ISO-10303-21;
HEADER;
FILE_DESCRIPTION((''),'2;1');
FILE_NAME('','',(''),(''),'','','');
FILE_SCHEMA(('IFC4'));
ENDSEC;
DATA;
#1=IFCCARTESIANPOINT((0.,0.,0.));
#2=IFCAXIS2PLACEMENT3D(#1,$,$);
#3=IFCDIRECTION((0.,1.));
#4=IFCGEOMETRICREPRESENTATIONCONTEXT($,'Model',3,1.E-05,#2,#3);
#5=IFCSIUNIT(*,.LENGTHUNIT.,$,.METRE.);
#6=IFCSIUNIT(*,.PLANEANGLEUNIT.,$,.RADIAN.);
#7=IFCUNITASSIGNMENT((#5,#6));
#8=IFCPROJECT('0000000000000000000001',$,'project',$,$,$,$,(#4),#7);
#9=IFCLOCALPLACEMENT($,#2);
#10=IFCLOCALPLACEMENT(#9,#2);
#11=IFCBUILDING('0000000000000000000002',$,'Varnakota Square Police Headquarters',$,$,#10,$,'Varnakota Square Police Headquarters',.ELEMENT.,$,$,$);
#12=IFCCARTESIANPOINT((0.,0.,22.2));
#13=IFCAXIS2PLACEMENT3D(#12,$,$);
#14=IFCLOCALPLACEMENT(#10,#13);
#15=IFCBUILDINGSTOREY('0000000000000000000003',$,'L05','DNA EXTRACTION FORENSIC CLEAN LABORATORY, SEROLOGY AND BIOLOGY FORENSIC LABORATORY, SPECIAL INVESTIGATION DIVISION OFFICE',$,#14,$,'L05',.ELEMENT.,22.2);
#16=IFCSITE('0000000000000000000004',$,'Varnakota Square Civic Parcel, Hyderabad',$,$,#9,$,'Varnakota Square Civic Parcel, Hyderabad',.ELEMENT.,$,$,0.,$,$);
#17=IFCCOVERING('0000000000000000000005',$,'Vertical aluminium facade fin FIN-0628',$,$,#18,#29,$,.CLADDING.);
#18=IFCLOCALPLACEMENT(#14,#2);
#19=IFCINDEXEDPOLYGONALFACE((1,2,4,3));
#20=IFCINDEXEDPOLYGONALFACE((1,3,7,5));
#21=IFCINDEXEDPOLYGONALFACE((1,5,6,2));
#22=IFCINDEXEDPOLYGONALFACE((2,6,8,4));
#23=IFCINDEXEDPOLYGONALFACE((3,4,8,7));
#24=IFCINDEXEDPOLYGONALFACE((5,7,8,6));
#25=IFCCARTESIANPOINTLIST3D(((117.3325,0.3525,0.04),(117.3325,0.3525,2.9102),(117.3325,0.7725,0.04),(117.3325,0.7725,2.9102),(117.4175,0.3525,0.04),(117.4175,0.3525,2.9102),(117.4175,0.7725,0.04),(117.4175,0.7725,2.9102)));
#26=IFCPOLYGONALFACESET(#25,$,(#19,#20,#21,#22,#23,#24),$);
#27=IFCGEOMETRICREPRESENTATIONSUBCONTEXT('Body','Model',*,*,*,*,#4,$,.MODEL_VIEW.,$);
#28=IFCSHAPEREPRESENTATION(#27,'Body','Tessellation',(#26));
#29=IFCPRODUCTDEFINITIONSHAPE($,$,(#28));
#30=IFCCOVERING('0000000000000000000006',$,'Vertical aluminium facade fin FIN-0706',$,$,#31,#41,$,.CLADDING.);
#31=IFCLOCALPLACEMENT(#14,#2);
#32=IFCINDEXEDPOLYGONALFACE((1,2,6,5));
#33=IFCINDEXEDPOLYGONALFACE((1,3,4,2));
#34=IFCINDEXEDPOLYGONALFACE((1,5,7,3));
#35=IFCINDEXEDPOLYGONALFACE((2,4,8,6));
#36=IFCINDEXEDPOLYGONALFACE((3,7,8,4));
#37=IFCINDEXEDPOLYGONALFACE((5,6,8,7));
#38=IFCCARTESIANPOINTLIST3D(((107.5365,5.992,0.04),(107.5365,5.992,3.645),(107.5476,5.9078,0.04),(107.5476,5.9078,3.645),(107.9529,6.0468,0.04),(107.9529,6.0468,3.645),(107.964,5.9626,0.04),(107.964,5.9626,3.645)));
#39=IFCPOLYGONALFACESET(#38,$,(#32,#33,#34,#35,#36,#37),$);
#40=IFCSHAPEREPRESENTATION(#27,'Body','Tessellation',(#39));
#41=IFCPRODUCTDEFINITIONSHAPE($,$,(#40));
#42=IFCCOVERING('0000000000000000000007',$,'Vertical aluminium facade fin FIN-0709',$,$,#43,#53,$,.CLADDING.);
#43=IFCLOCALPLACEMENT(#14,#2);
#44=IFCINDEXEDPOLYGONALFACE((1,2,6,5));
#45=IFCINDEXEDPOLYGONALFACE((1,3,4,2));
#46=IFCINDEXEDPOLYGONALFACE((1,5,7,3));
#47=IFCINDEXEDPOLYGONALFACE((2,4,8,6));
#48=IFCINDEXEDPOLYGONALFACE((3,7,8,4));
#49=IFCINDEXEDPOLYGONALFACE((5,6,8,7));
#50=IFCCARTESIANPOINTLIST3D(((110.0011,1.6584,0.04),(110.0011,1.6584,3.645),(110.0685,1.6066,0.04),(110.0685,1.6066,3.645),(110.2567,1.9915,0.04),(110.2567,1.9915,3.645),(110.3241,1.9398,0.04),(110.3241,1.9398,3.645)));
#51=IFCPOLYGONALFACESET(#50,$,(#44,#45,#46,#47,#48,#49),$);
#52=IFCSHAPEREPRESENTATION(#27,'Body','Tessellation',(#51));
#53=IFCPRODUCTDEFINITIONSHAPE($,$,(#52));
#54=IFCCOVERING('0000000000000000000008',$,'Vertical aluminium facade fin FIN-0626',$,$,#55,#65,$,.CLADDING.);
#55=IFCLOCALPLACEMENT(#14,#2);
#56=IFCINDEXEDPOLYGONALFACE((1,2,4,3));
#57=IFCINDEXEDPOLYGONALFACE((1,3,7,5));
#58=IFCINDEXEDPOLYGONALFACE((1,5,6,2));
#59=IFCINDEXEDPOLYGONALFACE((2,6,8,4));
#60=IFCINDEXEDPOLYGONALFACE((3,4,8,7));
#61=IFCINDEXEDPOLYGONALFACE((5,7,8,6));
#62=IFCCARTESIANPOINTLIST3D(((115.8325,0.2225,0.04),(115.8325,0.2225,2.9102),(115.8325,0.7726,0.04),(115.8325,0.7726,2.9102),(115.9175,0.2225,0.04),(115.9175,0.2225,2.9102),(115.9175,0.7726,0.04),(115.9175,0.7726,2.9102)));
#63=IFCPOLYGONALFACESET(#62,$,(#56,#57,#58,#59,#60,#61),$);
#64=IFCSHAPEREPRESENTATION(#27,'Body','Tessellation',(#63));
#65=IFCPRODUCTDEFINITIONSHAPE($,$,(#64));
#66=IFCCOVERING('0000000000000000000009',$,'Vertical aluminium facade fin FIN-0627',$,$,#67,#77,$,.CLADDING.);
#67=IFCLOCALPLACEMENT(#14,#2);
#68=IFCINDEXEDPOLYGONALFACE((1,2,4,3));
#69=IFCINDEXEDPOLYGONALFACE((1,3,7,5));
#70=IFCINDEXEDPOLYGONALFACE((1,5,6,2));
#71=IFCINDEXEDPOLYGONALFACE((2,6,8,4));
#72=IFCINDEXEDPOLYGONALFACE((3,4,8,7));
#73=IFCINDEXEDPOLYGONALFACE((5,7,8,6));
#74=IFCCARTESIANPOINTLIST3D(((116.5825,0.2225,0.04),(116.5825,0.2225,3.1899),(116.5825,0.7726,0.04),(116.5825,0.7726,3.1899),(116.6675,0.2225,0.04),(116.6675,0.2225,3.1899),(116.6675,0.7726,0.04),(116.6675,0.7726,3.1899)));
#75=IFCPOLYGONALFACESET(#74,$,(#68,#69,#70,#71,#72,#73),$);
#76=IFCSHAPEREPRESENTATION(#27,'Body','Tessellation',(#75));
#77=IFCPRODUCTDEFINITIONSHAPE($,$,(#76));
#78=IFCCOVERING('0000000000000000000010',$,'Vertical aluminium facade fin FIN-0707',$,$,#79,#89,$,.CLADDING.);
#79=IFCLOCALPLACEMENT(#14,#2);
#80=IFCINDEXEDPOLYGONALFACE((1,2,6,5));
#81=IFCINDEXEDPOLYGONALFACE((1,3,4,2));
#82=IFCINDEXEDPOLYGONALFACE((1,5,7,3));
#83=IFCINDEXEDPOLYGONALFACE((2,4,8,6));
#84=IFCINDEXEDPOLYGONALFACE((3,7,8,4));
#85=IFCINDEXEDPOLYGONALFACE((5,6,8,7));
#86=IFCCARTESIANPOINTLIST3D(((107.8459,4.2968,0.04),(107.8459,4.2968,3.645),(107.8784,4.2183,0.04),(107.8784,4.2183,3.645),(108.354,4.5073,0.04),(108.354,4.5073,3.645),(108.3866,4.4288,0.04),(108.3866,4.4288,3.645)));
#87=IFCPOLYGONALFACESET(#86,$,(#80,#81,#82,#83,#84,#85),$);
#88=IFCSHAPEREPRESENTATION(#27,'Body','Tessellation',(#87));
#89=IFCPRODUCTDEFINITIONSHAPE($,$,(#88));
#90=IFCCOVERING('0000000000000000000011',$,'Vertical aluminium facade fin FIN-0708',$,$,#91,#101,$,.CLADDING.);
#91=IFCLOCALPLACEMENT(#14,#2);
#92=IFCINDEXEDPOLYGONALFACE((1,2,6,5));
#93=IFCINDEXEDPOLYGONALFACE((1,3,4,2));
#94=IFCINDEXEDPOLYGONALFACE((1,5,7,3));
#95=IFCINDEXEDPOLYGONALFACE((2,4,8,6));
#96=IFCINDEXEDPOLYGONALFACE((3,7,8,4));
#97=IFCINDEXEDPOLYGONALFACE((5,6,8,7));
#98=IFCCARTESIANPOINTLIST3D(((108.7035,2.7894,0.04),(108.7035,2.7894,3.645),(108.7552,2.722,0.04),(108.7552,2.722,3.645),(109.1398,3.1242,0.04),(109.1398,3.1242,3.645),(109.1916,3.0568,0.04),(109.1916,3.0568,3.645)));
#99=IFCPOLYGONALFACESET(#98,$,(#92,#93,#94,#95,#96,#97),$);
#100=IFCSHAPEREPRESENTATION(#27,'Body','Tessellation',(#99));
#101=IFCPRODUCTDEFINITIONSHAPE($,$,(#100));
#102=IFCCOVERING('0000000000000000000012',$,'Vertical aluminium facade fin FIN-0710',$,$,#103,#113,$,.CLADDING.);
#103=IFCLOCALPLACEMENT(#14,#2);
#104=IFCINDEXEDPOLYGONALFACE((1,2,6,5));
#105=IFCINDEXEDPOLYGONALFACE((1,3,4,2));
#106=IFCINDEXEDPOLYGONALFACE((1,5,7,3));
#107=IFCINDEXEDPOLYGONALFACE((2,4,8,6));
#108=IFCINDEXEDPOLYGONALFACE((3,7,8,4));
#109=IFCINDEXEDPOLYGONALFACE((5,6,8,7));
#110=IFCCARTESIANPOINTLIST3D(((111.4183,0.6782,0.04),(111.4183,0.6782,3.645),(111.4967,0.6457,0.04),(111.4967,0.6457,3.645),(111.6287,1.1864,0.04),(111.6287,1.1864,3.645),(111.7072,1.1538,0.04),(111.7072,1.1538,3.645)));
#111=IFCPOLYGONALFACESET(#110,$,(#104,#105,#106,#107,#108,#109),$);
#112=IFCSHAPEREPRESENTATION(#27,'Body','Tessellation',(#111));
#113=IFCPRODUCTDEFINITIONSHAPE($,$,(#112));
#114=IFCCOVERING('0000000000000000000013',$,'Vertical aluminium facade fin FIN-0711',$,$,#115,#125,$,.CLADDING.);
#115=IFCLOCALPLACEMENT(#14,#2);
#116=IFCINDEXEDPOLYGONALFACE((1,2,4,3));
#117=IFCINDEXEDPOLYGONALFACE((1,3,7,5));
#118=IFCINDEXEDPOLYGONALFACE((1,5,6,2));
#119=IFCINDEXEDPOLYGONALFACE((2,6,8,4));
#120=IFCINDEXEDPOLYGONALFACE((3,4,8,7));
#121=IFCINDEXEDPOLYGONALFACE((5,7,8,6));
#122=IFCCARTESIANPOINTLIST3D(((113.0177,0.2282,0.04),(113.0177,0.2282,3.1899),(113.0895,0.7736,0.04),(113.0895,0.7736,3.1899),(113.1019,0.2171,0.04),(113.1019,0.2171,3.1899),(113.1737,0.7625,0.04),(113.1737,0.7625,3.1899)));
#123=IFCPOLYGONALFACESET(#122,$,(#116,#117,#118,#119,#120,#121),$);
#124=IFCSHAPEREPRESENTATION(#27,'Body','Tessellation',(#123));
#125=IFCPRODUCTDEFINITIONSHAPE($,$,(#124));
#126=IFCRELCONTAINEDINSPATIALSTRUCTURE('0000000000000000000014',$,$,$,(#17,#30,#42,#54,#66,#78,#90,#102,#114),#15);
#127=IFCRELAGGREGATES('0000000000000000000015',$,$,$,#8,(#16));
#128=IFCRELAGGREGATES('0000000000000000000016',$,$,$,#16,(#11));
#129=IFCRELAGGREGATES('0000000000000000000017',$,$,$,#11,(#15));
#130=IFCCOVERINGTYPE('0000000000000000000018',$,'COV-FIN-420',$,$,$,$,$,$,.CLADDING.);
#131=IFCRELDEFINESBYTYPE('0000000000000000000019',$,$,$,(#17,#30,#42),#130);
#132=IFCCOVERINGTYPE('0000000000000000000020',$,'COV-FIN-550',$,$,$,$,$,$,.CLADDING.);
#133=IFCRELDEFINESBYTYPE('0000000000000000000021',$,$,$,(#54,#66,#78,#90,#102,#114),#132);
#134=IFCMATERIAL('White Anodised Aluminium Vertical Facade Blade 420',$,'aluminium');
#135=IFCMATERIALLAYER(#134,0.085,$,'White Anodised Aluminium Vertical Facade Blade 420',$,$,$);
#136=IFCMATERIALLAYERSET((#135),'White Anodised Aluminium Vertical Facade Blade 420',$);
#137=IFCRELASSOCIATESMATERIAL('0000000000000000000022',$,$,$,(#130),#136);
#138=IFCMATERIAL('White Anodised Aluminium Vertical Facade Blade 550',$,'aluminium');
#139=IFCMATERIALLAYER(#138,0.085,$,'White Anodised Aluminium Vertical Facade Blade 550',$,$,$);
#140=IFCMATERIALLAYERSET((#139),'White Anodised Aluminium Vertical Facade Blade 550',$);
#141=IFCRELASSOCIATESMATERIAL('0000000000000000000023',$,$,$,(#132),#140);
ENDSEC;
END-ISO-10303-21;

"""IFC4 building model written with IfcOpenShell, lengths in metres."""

from ifc_helpers import new_model, si_unit, direction, frame, origin, origin_2d, place, context, subcontext, project, spatial, rectangle, extrude, material, layer, layer_set, type_object, element, save


model = new_model("IFC4")

# Units and contexts
model_context = context("Model", 3, precision=1e-05, world=origin(), true_north=direction((0.0, 1.0)))
body_context = subcontext(model_context, "Body", "Model", "MODEL_VIEW")
ifc_project = project(units=[si_unit("LENGTHUNIT", "METRE"), si_unit("PLANEANGLEUNIT", "RADIAN")], contexts=[model_context])

# Site, building, storey
site_placement = place(None, origin())
site = spatial("IfcSite", under=ifc_project, at=site_placement, Name="Varnakota Square Civic Parcel, Hyderabad", LongName="Varnakota Square Civic Parcel, Hyderabad", CompositionType="ELEMENT", RefElevation=0.0)
building_placement = place(site_placement, origin())
building = spatial("IfcBuilding", under=site, at=building_placement, Name="Varnakota Square Police Headquarters", LongName="Varnakota Square Police Headquarters", CompositionType="ELEMENT")
storey_placement = place(building_placement, frame((0.0, 0.0, 22.2)))
storey = spatial("IfcBuildingStorey", under=building, at=storey_placement, Name="L05", Description="DNA EXTRACTION FORENSIC CLEAN LABORATORY, SEROLOGY AND BIOLOGY FORENSIC LABORATORY, SPECIAL INVESTIGATION DIVISION OFFICE", LongName="L05", CompositionType="ELEMENT", Elevation=22.2)

# Coverings
ifc_material_1 = material(Name="White Anodised Aluminium Vertical Facade Blade 420", Category="aluminium")
ifc_layer_1 = layer(ifc_material_1, 0.085, Name="White Anodised Aluminium Vertical Facade Blade 420")
ifc_layer_set_1 = layer_set([ifc_layer_1], Name="White Anodised Aluminium Vertical Facade Blade 420")
covering_type_1 = type_object("IfcCoveringType", Name="COV-FIN-420", PredefinedType="CLADDING", material=ifc_layer_set_1)
covering_1_placement = place(storey_placement, frame((117.375, 0.5625, 0.04), z_axis=(0.0, 0.0, 1.0), x_axis=(1.0, 0.0, 0.0)))
element("IfcCovering", 1, at=covering_1_placement, inside=storey, type_object=covering_type_1, Name="Vertical aluminium facade fin FIN-0628", PredefinedType="CLADDING", context=body_context, shape_type="SweptSolid", body=[
    extrude(rectangle(XDim=0.085, YDim=0.4199, at=origin_2d()), origin(), (0.0, 0.0, 1.0), 2.8701),
])
for number, where, z_axis, x_axis, name in (
    (2, (107.7502, 5.9773, 0.04), (0.0, 0.0, 1.0), (0.130526, -0.991445, 0.0), "Vertical aluminium facade fin FIN-0706"),
    (3, (110.1626, 1.7991, 0.04), (0.0, 0.0, 1.0), (0.793353, -0.608761, 0.0), "Vertical aluminium facade fin FIN-0709"),
):
    element("IfcCovering", number, at=place(storey_placement, frame(where, z_axis=z_axis, x_axis=x_axis)), inside=storey, type_object=covering_type_1, Name=name, PredefinedType="CLADDING", context=body_context, shape_type="SweptSolid", body=[
        extrude(rectangle(XDim=0.085, YDim=0.4199, at=origin_2d()), origin(), (0.0, 0.0, 1.0), 3.605),
    ])
ifc_material_2 = material(Name="White Anodised Aluminium Vertical Facade Blade 550", Category="aluminium")
ifc_layer_2 = layer(ifc_material_2, 0.085, Name="White Anodised Aluminium Vertical Facade Blade 550")
ifc_layer_set_2 = layer_set([ifc_layer_2], Name="White Anodised Aluminium Vertical Facade Blade 550")
covering_type_2 = type_object("IfcCoveringType", Name="COV-FIN-550", PredefinedType="CLADDING", material=ifc_layer_set_2)
covering_2_placement = place(storey_placement, frame((115.875, 0.4976, 0.04), z_axis=(0.0, 0.0, 1.0), x_axis=(1.0, 0.0, 0.0)))
element("IfcCovering", 4, at=covering_2_placement, inside=storey, type_object=covering_type_2, Name="Vertical aluminium facade fin FIN-0626", PredefinedType="CLADDING", context=body_context, shape_type="SweptSolid", body=[
    extrude(rectangle(XDim=0.085, YDim=0.55, at=origin_2d()), origin(), (0.0, 0.0, 1.0), 2.8701),
])
covering_3_placement = place(storey_placement, frame((116.625, 0.4976, 0.04), z_axis=(0.0, 0.0, 1.0), x_axis=(1.0, 0.0, 0.0)))
element("IfcCovering", 5, at=covering_3_placement, inside=storey, type_object=covering_type_2, Name="Vertical aluminium facade fin FIN-0627", PredefinedType="CLADDING", context=body_context, shape_type="SweptSolid", body=[
    extrude(rectangle(XDim=0.085, YDim=0.55, at=origin_2d()), origin(), (0.0, 0.0, 1.0), 3.1499),
])
for number, where, z_axis, x_axis, name in (
    (6, (108.1162, 4.3628, 0.04), (0.0, 0.0, 1.0), (0.382683, -0.92388, 0.0), "Vertical aluminium facade fin FIN-0707"),
    (7, (108.9475, 2.9231, 0.04), (0.0, 0.0, 1.0), (0.608761, -0.793353, 0.0), "Vertical aluminium facade fin FIN-0708"),
    (8, (111.5627, 0.916, 0.04), (0.0, 0.0, 1.0), (0.92388, -0.382683, 0.0), "Vertical aluminium facade fin FIN-0710"),
):
    element("IfcCovering", number, at=place(storey_placement, frame(where, z_axis=z_axis, x_axis=x_axis)), inside=storey, type_object=covering_type_2, Name=name, PredefinedType="CLADDING", context=body_context, shape_type="SweptSolid", body=[
        extrude(rectangle(XDim=0.085, YDim=0.55, at=origin_2d()), origin(), (0.0, 0.0, 1.0), 3.605),
    ])
covering_4_placement = place(storey_placement, frame((113.0957, 0.4954, 0.04), z_axis=(0.0, 0.0, 1.0), x_axis=(0.991445, -0.130526, 0.0)))
element("IfcCovering", 9, at=covering_4_placement, inside=storey, type_object=covering_type_2, Name="Vertical aluminium facade fin FIN-0711", PredefinedType="CLADDING", context=body_context, shape_type="SweptSolid", body=[
    extrude(rectangle(XDim=0.085, YDim=0.55, at=origin_2d()), origin(), (0.0, 0.0, 1.0), 3.1499),
])

save(model, "model.ifc")
